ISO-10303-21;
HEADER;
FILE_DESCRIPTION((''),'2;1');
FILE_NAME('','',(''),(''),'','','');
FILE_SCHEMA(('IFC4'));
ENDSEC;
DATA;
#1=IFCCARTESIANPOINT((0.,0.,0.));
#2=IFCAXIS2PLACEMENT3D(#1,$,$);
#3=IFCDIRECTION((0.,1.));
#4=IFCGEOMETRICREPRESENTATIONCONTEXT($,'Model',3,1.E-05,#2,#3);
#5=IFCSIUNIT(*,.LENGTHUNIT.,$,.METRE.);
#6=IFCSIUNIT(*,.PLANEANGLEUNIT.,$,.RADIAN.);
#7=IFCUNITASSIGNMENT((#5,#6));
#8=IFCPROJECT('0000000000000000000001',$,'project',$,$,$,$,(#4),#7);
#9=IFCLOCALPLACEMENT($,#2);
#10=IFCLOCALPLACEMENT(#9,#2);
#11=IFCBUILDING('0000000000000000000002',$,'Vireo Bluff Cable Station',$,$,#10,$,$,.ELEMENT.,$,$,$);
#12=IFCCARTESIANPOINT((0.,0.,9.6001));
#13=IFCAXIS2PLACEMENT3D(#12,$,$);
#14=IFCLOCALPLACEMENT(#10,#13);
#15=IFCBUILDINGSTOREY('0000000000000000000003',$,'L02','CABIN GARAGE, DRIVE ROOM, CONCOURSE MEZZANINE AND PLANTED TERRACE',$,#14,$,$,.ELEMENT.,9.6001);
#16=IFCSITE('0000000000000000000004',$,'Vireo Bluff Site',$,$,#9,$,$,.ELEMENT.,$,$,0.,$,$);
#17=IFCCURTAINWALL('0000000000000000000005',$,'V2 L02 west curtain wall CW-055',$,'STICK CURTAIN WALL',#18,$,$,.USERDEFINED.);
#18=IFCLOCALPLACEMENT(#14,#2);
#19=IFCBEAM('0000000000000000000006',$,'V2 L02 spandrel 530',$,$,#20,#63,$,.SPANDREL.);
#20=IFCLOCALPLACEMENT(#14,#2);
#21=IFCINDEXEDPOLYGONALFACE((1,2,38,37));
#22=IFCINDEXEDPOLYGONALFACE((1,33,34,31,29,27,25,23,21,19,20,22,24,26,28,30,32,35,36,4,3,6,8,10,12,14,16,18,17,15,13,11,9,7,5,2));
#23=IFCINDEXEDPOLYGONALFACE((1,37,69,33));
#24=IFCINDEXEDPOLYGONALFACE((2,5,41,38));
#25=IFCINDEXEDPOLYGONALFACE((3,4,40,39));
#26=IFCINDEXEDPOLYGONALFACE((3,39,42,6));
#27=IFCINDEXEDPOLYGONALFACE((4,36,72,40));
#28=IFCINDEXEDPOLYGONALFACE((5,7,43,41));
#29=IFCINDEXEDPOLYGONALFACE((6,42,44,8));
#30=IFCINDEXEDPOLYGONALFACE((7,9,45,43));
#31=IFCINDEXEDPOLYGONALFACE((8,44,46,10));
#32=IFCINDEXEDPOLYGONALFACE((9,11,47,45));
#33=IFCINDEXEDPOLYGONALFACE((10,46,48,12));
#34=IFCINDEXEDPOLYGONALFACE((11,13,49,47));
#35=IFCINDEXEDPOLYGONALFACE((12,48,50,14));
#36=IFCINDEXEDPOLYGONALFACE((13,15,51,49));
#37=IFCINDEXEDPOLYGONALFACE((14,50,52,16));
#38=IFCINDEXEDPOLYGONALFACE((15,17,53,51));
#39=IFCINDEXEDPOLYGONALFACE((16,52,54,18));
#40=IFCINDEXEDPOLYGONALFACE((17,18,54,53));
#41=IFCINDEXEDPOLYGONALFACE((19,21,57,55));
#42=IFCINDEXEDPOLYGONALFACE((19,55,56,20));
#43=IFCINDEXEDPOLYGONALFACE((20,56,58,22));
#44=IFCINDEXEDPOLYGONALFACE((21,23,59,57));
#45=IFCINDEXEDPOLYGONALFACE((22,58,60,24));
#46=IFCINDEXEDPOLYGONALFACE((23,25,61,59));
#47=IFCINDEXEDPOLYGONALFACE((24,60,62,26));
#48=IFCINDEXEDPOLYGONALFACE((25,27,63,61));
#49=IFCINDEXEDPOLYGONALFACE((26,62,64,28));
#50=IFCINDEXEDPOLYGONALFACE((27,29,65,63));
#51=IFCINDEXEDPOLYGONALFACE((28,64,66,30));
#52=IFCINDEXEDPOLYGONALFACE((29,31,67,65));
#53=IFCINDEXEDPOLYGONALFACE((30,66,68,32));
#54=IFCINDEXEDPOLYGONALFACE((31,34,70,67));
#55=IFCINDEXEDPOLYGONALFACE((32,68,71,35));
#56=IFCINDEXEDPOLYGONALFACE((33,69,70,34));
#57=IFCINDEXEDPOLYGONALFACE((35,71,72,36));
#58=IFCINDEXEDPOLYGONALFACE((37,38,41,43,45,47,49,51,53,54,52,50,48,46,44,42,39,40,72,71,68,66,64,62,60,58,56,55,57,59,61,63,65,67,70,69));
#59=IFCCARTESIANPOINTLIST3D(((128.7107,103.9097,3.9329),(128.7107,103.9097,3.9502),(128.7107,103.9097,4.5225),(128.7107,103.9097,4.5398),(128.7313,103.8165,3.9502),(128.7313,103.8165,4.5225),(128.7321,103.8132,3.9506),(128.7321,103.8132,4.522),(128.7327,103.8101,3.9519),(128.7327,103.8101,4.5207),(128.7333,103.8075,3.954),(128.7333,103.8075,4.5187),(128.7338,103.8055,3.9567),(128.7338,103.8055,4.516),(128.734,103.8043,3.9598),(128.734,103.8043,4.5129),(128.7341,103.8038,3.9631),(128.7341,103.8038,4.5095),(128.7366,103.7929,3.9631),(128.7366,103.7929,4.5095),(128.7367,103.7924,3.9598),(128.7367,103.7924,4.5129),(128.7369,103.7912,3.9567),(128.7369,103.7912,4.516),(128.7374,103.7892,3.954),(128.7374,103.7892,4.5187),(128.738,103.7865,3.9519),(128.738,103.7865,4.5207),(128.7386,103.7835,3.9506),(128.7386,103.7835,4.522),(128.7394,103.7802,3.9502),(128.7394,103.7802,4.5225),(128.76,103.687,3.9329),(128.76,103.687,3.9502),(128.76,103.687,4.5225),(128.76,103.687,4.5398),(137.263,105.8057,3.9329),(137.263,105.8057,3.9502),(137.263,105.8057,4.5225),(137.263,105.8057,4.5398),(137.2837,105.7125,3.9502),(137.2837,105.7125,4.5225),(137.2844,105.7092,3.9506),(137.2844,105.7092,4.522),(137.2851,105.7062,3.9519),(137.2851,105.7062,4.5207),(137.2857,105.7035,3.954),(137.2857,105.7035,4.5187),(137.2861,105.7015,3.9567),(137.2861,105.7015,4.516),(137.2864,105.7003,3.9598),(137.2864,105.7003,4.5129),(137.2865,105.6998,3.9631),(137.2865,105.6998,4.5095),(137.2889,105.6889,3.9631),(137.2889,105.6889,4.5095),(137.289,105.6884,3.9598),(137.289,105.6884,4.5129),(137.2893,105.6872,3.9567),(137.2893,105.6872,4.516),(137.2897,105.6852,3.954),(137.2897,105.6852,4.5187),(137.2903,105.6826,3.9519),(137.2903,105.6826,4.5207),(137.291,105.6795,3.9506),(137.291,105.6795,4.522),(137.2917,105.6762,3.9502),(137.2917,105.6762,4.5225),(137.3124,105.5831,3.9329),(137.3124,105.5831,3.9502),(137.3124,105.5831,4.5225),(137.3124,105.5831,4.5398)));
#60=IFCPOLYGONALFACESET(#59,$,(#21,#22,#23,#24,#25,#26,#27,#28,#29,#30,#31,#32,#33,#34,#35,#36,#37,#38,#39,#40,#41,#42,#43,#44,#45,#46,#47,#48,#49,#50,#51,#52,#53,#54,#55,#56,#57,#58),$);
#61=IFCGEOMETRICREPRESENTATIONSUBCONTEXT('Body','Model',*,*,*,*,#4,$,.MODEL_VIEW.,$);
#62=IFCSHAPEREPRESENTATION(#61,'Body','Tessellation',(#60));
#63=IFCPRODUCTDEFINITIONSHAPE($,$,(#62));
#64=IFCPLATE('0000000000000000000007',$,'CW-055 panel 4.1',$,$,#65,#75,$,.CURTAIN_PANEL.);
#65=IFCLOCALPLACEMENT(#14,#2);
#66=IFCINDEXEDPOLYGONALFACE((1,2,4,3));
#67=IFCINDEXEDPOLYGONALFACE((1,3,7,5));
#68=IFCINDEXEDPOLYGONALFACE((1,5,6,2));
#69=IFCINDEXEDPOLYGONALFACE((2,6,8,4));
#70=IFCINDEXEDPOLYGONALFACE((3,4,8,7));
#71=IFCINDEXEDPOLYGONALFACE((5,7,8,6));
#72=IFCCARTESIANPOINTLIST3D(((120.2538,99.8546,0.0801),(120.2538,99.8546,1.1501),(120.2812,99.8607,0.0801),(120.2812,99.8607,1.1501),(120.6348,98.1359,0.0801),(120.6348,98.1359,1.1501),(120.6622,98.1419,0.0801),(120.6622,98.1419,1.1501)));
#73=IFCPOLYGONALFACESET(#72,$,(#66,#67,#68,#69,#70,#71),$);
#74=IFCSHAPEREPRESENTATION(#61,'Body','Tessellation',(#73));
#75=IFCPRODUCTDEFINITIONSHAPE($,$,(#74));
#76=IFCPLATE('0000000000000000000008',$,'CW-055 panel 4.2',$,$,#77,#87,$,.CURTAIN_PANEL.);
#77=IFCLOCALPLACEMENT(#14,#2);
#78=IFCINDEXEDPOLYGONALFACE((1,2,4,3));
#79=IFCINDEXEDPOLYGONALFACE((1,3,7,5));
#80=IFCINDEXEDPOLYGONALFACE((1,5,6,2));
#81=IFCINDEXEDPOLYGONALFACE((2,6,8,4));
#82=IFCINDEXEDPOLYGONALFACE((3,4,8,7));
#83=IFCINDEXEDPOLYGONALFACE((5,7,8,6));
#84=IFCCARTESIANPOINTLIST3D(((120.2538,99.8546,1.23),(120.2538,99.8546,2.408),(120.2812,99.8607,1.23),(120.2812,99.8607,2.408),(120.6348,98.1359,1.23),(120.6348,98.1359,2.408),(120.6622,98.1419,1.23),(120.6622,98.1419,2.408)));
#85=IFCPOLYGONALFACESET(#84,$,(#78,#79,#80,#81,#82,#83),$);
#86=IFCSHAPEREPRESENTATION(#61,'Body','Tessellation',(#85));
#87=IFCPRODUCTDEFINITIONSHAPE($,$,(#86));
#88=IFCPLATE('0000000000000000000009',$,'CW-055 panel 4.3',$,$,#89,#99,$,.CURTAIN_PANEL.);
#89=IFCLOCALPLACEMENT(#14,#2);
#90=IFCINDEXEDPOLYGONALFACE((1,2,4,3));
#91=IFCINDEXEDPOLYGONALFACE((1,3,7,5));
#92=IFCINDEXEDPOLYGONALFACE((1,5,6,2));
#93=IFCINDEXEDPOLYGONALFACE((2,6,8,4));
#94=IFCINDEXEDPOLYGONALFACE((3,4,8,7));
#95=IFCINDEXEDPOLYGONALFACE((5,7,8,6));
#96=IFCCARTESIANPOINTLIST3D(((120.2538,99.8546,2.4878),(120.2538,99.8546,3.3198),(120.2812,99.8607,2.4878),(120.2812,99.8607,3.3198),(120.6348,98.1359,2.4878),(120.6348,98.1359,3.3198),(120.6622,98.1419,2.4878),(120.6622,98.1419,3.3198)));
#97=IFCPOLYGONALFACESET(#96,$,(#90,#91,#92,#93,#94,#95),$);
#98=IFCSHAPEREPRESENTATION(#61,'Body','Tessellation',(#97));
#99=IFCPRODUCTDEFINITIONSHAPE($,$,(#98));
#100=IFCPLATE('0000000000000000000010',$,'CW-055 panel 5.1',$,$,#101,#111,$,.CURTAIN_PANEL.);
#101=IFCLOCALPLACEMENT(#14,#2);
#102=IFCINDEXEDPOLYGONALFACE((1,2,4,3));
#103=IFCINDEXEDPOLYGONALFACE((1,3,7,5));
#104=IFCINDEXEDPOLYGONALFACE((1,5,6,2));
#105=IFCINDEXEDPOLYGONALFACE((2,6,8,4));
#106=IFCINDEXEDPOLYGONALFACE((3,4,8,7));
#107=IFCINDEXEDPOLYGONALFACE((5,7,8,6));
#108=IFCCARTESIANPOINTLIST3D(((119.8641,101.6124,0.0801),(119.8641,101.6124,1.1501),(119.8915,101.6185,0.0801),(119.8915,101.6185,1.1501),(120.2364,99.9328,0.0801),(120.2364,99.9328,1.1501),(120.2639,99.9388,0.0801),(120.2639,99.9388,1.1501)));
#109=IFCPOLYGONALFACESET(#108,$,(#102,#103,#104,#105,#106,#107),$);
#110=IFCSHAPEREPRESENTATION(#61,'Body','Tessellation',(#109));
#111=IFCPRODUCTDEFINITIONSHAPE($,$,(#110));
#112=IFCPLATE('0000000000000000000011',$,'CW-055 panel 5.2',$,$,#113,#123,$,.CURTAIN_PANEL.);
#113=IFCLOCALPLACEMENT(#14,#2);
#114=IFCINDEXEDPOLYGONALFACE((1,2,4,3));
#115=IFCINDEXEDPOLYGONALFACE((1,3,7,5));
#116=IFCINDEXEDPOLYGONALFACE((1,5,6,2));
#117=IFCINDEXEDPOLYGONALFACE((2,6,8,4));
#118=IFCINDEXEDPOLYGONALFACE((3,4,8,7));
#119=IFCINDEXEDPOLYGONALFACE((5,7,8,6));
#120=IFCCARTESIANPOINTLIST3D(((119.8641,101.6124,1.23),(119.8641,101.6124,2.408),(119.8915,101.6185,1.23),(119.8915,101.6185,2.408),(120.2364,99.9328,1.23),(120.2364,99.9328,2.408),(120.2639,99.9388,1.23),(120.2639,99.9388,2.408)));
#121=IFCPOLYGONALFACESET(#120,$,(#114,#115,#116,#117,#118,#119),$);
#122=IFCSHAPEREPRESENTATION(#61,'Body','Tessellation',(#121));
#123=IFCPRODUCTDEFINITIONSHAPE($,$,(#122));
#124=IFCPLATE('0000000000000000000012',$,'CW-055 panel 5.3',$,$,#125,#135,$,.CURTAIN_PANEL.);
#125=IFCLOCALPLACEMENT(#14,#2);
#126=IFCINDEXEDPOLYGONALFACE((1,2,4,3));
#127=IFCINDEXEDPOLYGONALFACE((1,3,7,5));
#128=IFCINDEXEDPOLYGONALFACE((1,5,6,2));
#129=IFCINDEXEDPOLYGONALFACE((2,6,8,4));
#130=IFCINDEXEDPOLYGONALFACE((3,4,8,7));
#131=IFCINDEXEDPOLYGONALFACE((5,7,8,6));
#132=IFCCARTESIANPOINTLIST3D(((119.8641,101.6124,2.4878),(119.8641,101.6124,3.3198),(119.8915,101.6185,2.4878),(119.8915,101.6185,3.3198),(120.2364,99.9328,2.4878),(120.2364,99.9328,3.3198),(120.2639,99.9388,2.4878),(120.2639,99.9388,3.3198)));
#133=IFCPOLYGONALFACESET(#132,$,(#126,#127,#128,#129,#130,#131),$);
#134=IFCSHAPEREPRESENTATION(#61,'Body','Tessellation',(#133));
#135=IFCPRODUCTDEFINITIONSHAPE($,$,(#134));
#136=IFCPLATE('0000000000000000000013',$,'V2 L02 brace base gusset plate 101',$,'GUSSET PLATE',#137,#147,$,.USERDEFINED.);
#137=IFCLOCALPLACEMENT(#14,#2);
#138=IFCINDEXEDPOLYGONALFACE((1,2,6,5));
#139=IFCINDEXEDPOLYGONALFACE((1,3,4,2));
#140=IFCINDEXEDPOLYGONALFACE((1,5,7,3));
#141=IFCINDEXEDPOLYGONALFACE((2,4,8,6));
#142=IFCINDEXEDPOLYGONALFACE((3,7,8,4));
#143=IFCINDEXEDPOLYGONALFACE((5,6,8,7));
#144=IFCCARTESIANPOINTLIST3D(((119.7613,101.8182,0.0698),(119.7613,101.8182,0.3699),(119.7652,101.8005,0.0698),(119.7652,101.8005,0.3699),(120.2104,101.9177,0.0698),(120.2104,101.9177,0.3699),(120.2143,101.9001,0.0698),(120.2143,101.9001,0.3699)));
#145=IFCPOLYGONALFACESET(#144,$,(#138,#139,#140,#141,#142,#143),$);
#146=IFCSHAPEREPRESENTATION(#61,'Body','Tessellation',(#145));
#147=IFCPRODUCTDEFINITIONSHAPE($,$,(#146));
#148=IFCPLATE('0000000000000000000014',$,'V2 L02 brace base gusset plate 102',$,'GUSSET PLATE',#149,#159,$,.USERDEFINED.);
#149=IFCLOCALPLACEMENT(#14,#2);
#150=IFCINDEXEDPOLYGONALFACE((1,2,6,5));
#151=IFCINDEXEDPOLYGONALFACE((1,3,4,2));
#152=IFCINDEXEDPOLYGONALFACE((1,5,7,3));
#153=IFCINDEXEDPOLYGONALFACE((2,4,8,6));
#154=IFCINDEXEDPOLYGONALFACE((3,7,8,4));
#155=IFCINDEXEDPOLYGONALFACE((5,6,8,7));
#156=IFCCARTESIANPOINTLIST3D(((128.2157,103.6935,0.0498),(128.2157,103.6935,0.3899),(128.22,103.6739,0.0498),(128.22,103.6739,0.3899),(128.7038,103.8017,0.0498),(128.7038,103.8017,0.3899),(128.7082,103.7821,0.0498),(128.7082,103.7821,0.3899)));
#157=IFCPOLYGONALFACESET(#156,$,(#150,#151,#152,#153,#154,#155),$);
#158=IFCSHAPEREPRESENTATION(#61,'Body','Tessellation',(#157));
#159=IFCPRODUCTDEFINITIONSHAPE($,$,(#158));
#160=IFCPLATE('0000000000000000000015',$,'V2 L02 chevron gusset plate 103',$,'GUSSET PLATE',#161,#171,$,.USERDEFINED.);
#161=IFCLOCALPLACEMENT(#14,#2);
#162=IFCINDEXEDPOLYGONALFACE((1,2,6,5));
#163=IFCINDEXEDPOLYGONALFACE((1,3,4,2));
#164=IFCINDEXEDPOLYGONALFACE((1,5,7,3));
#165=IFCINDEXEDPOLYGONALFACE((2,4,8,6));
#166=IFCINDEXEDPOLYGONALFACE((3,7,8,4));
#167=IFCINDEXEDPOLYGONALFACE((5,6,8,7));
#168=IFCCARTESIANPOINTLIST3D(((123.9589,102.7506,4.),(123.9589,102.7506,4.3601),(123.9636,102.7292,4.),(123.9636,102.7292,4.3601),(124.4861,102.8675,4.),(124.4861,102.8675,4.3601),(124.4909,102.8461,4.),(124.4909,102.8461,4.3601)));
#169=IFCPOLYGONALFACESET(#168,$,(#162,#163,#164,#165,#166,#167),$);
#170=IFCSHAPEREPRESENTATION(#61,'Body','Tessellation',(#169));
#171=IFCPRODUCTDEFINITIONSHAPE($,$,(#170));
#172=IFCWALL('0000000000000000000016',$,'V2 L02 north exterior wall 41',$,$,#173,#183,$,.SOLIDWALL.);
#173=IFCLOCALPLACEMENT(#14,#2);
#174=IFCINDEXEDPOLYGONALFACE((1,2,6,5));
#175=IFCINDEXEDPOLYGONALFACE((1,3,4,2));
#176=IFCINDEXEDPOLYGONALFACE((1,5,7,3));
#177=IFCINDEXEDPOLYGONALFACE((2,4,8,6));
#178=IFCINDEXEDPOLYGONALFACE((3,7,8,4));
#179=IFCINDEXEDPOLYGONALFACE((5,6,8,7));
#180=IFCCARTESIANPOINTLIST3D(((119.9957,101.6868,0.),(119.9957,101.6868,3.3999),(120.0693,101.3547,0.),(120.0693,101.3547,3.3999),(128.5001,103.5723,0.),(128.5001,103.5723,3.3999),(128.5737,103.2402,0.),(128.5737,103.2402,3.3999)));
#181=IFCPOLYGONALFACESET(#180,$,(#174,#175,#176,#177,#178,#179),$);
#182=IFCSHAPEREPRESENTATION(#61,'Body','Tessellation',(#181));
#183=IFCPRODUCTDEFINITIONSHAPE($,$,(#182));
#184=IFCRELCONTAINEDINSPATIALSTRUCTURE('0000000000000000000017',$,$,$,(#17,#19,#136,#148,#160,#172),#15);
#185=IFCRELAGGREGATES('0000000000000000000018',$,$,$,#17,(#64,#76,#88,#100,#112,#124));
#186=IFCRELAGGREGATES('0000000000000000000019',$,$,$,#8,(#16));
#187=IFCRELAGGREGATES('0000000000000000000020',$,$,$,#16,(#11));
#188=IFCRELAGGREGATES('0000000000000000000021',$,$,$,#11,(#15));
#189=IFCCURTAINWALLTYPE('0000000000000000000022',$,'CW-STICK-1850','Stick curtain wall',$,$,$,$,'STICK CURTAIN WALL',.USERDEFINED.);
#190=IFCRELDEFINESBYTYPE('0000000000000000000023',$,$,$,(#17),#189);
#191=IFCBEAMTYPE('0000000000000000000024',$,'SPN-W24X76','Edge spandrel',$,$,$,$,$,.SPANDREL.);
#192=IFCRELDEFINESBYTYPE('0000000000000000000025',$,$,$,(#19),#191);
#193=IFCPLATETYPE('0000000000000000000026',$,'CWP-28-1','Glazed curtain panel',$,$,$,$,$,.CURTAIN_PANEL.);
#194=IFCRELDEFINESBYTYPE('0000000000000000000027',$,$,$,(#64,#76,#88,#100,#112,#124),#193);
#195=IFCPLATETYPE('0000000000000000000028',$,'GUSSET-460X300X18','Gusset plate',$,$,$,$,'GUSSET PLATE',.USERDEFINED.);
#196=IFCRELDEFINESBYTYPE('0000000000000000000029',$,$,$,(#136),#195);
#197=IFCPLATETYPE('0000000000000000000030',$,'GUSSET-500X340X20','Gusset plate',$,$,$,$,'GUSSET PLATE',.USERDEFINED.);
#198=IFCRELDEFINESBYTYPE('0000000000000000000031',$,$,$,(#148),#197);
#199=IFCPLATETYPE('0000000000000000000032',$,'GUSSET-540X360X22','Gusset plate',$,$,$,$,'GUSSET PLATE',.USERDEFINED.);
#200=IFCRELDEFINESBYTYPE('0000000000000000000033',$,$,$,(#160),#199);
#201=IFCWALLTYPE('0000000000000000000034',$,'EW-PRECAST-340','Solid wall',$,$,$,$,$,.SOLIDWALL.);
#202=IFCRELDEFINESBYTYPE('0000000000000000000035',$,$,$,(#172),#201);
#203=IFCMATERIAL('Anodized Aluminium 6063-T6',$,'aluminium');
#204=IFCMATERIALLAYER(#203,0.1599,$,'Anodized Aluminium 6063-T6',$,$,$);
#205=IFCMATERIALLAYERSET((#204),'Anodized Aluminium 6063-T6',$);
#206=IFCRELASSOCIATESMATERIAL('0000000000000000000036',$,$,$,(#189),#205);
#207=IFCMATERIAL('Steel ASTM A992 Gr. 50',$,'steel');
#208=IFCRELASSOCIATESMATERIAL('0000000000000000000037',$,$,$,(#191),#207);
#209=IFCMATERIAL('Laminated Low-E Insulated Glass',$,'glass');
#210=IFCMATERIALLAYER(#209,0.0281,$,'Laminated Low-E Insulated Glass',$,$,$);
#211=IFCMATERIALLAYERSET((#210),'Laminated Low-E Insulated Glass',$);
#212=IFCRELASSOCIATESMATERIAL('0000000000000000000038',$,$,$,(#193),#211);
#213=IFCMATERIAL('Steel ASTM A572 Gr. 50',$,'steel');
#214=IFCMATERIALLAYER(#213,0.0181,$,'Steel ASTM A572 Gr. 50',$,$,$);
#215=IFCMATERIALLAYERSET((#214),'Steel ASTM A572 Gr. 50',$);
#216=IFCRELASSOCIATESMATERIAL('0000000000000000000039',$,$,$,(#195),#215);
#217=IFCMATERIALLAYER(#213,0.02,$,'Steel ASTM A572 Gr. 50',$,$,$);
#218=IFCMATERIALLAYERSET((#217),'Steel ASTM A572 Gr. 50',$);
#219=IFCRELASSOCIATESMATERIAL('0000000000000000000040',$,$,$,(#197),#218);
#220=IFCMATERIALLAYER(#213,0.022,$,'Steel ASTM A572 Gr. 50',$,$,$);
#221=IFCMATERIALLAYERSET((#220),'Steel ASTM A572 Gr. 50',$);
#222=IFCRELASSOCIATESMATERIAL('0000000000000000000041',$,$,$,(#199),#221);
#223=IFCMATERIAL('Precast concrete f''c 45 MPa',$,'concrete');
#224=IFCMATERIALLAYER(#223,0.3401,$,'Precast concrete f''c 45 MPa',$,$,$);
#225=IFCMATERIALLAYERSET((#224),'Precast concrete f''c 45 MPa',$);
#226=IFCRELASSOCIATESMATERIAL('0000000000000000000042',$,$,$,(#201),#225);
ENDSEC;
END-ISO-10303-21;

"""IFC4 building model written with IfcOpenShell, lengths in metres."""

from ifc_helpers import new_model, si_unit, direction, frame, frame_2d, origin, origin_2d, place, context, subcontext, project, spatial, rectangle, i_section, extrude, material, layer, layer_set, material_profile, profile_set, type_object, element, aggregate, save


model = new_model("IFC4")

# Units and contexts
model_context = context("Model", 3, precision=1e-05, world=origin(), true_north=direction((0.0, 1.0)))
body_context = subcontext(model_context, "Body", "Model", "MODEL_VIEW")
ifc_project = project(units=[si_unit("LENGTHUNIT", "METRE"), si_unit("PLANEANGLEUNIT", "RADIAN")], contexts=[model_context])

# Site, building, storey
site_placement = place(None, origin())
site = spatial("IfcSite", under=ifc_project, at=site_placement, Name="Vireo Bluff Site", CompositionType="ELEMENT", RefElevation=0.0)
building_placement = place(site_placement, origin())
building = spatial("IfcBuilding", under=site, at=building_placement, Name="Vireo Bluff Cable Station", CompositionType="ELEMENT")
storey_placement = place(building_placement, frame((0.0, 0.0, 9.6001)))
storey = spatial("IfcBuildingStorey", under=building, at=storey_placement, Name="L02", Description="CABIN GARAGE, DRIVE ROOM, CONCOURSE MEZZANINE AND PLANTED TERRACE", CompositionType="ELEMENT", Elevation=9.6001)

# Shared definitions
ifc_material_1 = material(Name="Steel ASTM A992 Gr. 50", Category="steel")

# Curtain wall
ifc_material_2 = material(Name="Anodized Aluminium 6063-T6", Category="aluminium")
ifc_layer_1 = layer(ifc_material_2, 0.1599, Name="Anodized Aluminium 6063-T6")
ifc_layer_set_1 = layer_set([ifc_layer_1], Name="Anodized Aluminium 6063-T6")
curtain_wall_type = type_object("IfcCurtainWallType", Name="CW-STICK-1850", Description="Stick curtain wall", ElementType="STICK CURTAIN WALL", PredefinedType="USERDEFINED", material=ifc_layer_set_1)
curtain_wall_placement = place(storey_placement, origin())
curtain_wall = element("IfcCurtainWall", 1, at=curtain_wall_placement, inside=storey, type_object=curtain_wall_type, Name="V2 L02 west curtain wall CW-055", ObjectType="STICK CURTAIN WALL", PredefinedType="USERDEFINED")

# Beam
ifc_material_profile_1 = material_profile(ifc_material_1, i_section(OverallWidth=0.228, OverallDepth=0.6069, WebThickness=0.0112, FlangeThickness=0.0173, FilletRadius=0.0129, at=origin_2d()), Name="W24X76")
ifc_profile_set_1 = profile_set([ifc_material_profile_1], Name="Steel ASTM A992 Gr. 50")
beam_type = type_object("IfcBeamType", Name="SPN-W24X76", Description="Edge spandrel", PredefinedType="SPANDREL", material=ifc_profile_set_1)
beam_placement = place(storey_placement, frame((128.7354, 103.7983, 4.2363), z_axis=(0.976296, 0.216441, 0.0), x_axis=(-0.216441, 0.976296, 0.0)))
element("IfcBeam", 2, at=beam_placement, inside=storey, type_object=beam_type, Name="V2 L02 spandrel 530", PredefinedType="SPANDREL", context=body_context, shape_type="SweptSolid", body=[
    extrude(i_section(OverallWidth=0.228, OverallDepth=0.6069, WebThickness=0.0112, FlangeThickness=0.0173, FilletRadius=0.0129, at=origin_2d()), origin(), (0.0, 0.0, 1.0), 8.76),
])

# Plates
ifc_material_3 = material(Name="Laminated Low-E Insulated Glass", Category="glass")
ifc_layer_2 = layer(ifc_material_3, 0.0281, Name="Laminated Low-E Insulated Glass")
ifc_layer_set_2 = layer_set([ifc_layer_2], Name="Laminated Low-E Insulated Glass")
plate_type_1 = type_object("IfcPlateType", Name="CWP-28-1", Description="Glazed curtain panel", PredefinedType="CURTAIN_PANEL", material=ifc_layer_set_2)
plate_1_placement = place(storey_placement, frame((120.458, 98.9983, 0.0801), z_axis=(0.0, 0.0, 1.0), x_axis=(-0.21644, 0.976296, 0.0)))
plate_1 = element("IfcPlate", 3, at=plate_1_placement, type_object=plate_type_1, Name="CW-055 panel 4.1", PredefinedType="CURTAIN_PANEL", context=body_context, shape_type="SweptSolid", body=[
    extrude(rectangle(XDim=1.7605, YDim=0.0281, at=origin_2d()), origin(), (0.0, 0.0, 1.0), 1.0701),
])
plate_2_placement = place(storey_placement, frame((120.458, 98.9983, 1.23), z_axis=(0.0, 0.0, 1.0), x_axis=(-0.21644, 0.976296, 0.0)))
plate_2 = element("IfcPlate", 4, at=plate_2_placement, type_object=plate_type_1, Name="CW-055 panel 4.2", PredefinedType="CURTAIN_PANEL", context=body_context, shape_type="SweptSolid", body=[
    extrude(rectangle(XDim=1.7605, YDim=0.0281, at=origin_2d()), origin(), (0.0, 0.0, 1.0), 1.178),
])
plate_3_placement = place(storey_placement, frame((120.458, 98.9983, 2.4878), z_axis=(0.0, 0.0, 1.0), x_axis=(-0.21644, 0.976296, 0.0)))
plate_3 = element("IfcPlate", 5, at=plate_3_placement, type_object=plate_type_1, Name="CW-055 panel 4.3", PredefinedType="CURTAIN_PANEL", context=body_context, shape_type="SweptSolid", body=[
    extrude(rectangle(XDim=1.7605, YDim=0.0281, at=origin_2d()), origin(), (0.0, 0.0, 1.0), 0.832),
])
plate_4_placement = place(storey_placement, frame((120.064, 100.7756, 0.0801), z_axis=(0.0, 0.0, 1.0), x_axis=(-0.21644, 0.976296, 0.0)))
plate_4 = element("IfcPlate", 6, at=plate_4_placement, type_object=plate_type_1, Name="CW-055 panel 5.1", PredefinedType="CURTAIN_PANEL", context=body_context, shape_type="SweptSolid", body=[
    extrude(rectangle(XDim=1.7205, YDim=0.0281, at=origin_2d()), origin(), (0.0, 0.0, 1.0), 1.0701),
])
plate_5_placement = place(storey_placement, frame((120.064, 100.7756, 1.23), z_axis=(0.0, 0.0, 1.0), x_axis=(-0.21644, 0.976296, 0.0)))
plate_5 = element("IfcPlate", 7, at=plate_5_placement, type_object=plate_type_1, Name="CW-055 panel 5.2", PredefinedType="CURTAIN_PANEL", context=body_context, shape_type="SweptSolid", body=[
    extrude(rectangle(XDim=1.7205, YDim=0.0281, at=origin_2d()), origin(), (0.0, 0.0, 1.0), 1.178),
])
plate_6_placement = place(storey_placement, frame((120.064, 100.7756, 2.4878), z_axis=(0.0, 0.0, 1.0), x_axis=(-0.21644, 0.976296, 0.0)))
plate_6 = element("IfcPlate", 8, at=plate_6_placement, type_object=plate_type_1, Name="CW-055 panel 5.3", PredefinedType="CURTAIN_PANEL", context=body_context, shape_type="SweptSolid", body=[
    extrude(rectangle(XDim=1.7205, YDim=0.0281, at=origin_2d()), origin(), (0.0, 0.0, 1.0), 0.832),
])
aggregate(curtain_wall, [plate_1, plate_2, plate_3, plate_4, plate_5, plate_6])

# Plates
ifc_material_4 = material(Name="Steel ASTM A572 Gr. 50", Category="steel")
ifc_layer_3 = layer(ifc_material_4, 0.0181, Name="Steel ASTM A572 Gr. 50")
ifc_layer_set_3 = layer_set([ifc_layer_3], Name="Steel ASTM A572 Gr. 50")
plate_type_2 = type_object("IfcPlateType", Name="GUSSET-460X300X18", Description="Gusset plate", ElementType="GUSSET PLATE", PredefinedType="USERDEFINED", material=ifc_layer_set_3)
plate_7_placement = place(storey_placement, frame((119.9878, 101.8591, 0.0698), z_axis=(0.0, 0.0, 1.0), x_axis=(0.976296, 0.21644, 0.0)))
element("IfcPlate", 9, at=plate_7_placement, inside=storey, type_object=plate_type_2, Name="V2 L02 brace base gusset plate 101", ObjectType="GUSSET PLATE", PredefinedType="USERDEFINED", context=body_context, shape_type="SweptSolid", body=[
    extrude(rectangle(XDim=0.46, YDim=0.0181, at=origin_2d()), origin(), (0.0, 0.0, 1.0), 0.3),
])
ifc_layer_4 = layer(ifc_material_4, 0.02, Name="Steel ASTM A572 Gr. 50")
ifc_layer_set_4 = layer_set([ifc_layer_4], Name="Steel ASTM A572 Gr. 50")
plate_type_3 = type_object("IfcPlateType", Name="GUSSET-500X340X20", Description="Gusset plate", ElementType="GUSSET PLATE", PredefinedType="USERDEFINED", material=ifc_layer_set_4)
plate_8_placement = place(storey_placement, frame((128.4619, 103.7378, 0.0498), z_axis=(0.0, 0.0, 1.0), x_axis=(0.976296, 0.21644, 0.0)))
element("IfcPlate", 10, at=plate_8_placement, inside=storey, type_object=plate_type_3, Name="V2 L02 brace base gusset plate 102", ObjectType="GUSSET PLATE", PredefinedType="USERDEFINED", context=body_context, shape_type="SweptSolid", body=[
    extrude(rectangle(XDim=0.5, YDim=0.02, at=origin_2d()), origin(), (0.0, 0.0, 1.0), 0.3401),
])
ifc_layer_5 = layer(ifc_material_4, 0.022, Name="Steel ASTM A572 Gr. 50")
ifc_layer_set_5 = layer_set([ifc_layer_5], Name="Steel ASTM A572 Gr. 50")
plate_type_4 = type_object("IfcPlateType", Name="GUSSET-540X360X22", Description="Gusset plate", ElementType="GUSSET PLATE", PredefinedType="USERDEFINED", material=ifc_layer_set_5)
plate_9_placement = place(storey_placement, frame((124.2249, 102.7983, 4.0), z_axis=(0.0, 0.0, 1.0), x_axis=(0.976296, 0.21644, 0.0)))
element("IfcPlate", 11, at=plate_9_placement, inside=storey, type_object=plate_type_4, Name="V2 L02 chevron gusset plate 103", ObjectType="GUSSET PLATE", PredefinedType="USERDEFINED", context=body_context, shape_type="SweptSolid", body=[
    extrude(rectangle(XDim=0.54, YDim=0.022, at=origin_2d()), origin(), (0.0, 0.0, 1.0), 0.3601),
])

# Wall
ifc_material_5 = material(Name="Precast concrete f'c 45 MPa", Category="concrete")
ifc_layer_6 = layer(ifc_material_5, 0.3401, Name="Precast concrete f'c 45 MPa")
ifc_layer_set_6 = layer_set([ifc_layer_6], Name="Precast concrete f'c 45 MPa")
wall_type = type_object("IfcWallType", Name="EW-PRECAST-340", Description="Solid wall", PredefinedType="SOLIDWALL", material=ifc_layer_set_6)
wall_placement = place(storey_placement, frame((120.0325, 101.5208, 0.0), z_axis=(0.0, 0.0, 1.0), x_axis=(0.976293, 0.216453, 0.0)))
element("IfcWall", 12, at=wall_placement, inside=storey, type_object=wall_type, Name="V2 L02 north exterior wall 41", PredefinedType="SOLIDWALL", context=body_context, shape_type="SweptSolid", body=[
    extrude(rectangle(XDim=8.7109, YDim=0.3401, at=frame_2d((4.3555, 0.0))), origin(), (0.0, 0.0, 1.0), 3.3999),
])

save(model, "model.ifc")
